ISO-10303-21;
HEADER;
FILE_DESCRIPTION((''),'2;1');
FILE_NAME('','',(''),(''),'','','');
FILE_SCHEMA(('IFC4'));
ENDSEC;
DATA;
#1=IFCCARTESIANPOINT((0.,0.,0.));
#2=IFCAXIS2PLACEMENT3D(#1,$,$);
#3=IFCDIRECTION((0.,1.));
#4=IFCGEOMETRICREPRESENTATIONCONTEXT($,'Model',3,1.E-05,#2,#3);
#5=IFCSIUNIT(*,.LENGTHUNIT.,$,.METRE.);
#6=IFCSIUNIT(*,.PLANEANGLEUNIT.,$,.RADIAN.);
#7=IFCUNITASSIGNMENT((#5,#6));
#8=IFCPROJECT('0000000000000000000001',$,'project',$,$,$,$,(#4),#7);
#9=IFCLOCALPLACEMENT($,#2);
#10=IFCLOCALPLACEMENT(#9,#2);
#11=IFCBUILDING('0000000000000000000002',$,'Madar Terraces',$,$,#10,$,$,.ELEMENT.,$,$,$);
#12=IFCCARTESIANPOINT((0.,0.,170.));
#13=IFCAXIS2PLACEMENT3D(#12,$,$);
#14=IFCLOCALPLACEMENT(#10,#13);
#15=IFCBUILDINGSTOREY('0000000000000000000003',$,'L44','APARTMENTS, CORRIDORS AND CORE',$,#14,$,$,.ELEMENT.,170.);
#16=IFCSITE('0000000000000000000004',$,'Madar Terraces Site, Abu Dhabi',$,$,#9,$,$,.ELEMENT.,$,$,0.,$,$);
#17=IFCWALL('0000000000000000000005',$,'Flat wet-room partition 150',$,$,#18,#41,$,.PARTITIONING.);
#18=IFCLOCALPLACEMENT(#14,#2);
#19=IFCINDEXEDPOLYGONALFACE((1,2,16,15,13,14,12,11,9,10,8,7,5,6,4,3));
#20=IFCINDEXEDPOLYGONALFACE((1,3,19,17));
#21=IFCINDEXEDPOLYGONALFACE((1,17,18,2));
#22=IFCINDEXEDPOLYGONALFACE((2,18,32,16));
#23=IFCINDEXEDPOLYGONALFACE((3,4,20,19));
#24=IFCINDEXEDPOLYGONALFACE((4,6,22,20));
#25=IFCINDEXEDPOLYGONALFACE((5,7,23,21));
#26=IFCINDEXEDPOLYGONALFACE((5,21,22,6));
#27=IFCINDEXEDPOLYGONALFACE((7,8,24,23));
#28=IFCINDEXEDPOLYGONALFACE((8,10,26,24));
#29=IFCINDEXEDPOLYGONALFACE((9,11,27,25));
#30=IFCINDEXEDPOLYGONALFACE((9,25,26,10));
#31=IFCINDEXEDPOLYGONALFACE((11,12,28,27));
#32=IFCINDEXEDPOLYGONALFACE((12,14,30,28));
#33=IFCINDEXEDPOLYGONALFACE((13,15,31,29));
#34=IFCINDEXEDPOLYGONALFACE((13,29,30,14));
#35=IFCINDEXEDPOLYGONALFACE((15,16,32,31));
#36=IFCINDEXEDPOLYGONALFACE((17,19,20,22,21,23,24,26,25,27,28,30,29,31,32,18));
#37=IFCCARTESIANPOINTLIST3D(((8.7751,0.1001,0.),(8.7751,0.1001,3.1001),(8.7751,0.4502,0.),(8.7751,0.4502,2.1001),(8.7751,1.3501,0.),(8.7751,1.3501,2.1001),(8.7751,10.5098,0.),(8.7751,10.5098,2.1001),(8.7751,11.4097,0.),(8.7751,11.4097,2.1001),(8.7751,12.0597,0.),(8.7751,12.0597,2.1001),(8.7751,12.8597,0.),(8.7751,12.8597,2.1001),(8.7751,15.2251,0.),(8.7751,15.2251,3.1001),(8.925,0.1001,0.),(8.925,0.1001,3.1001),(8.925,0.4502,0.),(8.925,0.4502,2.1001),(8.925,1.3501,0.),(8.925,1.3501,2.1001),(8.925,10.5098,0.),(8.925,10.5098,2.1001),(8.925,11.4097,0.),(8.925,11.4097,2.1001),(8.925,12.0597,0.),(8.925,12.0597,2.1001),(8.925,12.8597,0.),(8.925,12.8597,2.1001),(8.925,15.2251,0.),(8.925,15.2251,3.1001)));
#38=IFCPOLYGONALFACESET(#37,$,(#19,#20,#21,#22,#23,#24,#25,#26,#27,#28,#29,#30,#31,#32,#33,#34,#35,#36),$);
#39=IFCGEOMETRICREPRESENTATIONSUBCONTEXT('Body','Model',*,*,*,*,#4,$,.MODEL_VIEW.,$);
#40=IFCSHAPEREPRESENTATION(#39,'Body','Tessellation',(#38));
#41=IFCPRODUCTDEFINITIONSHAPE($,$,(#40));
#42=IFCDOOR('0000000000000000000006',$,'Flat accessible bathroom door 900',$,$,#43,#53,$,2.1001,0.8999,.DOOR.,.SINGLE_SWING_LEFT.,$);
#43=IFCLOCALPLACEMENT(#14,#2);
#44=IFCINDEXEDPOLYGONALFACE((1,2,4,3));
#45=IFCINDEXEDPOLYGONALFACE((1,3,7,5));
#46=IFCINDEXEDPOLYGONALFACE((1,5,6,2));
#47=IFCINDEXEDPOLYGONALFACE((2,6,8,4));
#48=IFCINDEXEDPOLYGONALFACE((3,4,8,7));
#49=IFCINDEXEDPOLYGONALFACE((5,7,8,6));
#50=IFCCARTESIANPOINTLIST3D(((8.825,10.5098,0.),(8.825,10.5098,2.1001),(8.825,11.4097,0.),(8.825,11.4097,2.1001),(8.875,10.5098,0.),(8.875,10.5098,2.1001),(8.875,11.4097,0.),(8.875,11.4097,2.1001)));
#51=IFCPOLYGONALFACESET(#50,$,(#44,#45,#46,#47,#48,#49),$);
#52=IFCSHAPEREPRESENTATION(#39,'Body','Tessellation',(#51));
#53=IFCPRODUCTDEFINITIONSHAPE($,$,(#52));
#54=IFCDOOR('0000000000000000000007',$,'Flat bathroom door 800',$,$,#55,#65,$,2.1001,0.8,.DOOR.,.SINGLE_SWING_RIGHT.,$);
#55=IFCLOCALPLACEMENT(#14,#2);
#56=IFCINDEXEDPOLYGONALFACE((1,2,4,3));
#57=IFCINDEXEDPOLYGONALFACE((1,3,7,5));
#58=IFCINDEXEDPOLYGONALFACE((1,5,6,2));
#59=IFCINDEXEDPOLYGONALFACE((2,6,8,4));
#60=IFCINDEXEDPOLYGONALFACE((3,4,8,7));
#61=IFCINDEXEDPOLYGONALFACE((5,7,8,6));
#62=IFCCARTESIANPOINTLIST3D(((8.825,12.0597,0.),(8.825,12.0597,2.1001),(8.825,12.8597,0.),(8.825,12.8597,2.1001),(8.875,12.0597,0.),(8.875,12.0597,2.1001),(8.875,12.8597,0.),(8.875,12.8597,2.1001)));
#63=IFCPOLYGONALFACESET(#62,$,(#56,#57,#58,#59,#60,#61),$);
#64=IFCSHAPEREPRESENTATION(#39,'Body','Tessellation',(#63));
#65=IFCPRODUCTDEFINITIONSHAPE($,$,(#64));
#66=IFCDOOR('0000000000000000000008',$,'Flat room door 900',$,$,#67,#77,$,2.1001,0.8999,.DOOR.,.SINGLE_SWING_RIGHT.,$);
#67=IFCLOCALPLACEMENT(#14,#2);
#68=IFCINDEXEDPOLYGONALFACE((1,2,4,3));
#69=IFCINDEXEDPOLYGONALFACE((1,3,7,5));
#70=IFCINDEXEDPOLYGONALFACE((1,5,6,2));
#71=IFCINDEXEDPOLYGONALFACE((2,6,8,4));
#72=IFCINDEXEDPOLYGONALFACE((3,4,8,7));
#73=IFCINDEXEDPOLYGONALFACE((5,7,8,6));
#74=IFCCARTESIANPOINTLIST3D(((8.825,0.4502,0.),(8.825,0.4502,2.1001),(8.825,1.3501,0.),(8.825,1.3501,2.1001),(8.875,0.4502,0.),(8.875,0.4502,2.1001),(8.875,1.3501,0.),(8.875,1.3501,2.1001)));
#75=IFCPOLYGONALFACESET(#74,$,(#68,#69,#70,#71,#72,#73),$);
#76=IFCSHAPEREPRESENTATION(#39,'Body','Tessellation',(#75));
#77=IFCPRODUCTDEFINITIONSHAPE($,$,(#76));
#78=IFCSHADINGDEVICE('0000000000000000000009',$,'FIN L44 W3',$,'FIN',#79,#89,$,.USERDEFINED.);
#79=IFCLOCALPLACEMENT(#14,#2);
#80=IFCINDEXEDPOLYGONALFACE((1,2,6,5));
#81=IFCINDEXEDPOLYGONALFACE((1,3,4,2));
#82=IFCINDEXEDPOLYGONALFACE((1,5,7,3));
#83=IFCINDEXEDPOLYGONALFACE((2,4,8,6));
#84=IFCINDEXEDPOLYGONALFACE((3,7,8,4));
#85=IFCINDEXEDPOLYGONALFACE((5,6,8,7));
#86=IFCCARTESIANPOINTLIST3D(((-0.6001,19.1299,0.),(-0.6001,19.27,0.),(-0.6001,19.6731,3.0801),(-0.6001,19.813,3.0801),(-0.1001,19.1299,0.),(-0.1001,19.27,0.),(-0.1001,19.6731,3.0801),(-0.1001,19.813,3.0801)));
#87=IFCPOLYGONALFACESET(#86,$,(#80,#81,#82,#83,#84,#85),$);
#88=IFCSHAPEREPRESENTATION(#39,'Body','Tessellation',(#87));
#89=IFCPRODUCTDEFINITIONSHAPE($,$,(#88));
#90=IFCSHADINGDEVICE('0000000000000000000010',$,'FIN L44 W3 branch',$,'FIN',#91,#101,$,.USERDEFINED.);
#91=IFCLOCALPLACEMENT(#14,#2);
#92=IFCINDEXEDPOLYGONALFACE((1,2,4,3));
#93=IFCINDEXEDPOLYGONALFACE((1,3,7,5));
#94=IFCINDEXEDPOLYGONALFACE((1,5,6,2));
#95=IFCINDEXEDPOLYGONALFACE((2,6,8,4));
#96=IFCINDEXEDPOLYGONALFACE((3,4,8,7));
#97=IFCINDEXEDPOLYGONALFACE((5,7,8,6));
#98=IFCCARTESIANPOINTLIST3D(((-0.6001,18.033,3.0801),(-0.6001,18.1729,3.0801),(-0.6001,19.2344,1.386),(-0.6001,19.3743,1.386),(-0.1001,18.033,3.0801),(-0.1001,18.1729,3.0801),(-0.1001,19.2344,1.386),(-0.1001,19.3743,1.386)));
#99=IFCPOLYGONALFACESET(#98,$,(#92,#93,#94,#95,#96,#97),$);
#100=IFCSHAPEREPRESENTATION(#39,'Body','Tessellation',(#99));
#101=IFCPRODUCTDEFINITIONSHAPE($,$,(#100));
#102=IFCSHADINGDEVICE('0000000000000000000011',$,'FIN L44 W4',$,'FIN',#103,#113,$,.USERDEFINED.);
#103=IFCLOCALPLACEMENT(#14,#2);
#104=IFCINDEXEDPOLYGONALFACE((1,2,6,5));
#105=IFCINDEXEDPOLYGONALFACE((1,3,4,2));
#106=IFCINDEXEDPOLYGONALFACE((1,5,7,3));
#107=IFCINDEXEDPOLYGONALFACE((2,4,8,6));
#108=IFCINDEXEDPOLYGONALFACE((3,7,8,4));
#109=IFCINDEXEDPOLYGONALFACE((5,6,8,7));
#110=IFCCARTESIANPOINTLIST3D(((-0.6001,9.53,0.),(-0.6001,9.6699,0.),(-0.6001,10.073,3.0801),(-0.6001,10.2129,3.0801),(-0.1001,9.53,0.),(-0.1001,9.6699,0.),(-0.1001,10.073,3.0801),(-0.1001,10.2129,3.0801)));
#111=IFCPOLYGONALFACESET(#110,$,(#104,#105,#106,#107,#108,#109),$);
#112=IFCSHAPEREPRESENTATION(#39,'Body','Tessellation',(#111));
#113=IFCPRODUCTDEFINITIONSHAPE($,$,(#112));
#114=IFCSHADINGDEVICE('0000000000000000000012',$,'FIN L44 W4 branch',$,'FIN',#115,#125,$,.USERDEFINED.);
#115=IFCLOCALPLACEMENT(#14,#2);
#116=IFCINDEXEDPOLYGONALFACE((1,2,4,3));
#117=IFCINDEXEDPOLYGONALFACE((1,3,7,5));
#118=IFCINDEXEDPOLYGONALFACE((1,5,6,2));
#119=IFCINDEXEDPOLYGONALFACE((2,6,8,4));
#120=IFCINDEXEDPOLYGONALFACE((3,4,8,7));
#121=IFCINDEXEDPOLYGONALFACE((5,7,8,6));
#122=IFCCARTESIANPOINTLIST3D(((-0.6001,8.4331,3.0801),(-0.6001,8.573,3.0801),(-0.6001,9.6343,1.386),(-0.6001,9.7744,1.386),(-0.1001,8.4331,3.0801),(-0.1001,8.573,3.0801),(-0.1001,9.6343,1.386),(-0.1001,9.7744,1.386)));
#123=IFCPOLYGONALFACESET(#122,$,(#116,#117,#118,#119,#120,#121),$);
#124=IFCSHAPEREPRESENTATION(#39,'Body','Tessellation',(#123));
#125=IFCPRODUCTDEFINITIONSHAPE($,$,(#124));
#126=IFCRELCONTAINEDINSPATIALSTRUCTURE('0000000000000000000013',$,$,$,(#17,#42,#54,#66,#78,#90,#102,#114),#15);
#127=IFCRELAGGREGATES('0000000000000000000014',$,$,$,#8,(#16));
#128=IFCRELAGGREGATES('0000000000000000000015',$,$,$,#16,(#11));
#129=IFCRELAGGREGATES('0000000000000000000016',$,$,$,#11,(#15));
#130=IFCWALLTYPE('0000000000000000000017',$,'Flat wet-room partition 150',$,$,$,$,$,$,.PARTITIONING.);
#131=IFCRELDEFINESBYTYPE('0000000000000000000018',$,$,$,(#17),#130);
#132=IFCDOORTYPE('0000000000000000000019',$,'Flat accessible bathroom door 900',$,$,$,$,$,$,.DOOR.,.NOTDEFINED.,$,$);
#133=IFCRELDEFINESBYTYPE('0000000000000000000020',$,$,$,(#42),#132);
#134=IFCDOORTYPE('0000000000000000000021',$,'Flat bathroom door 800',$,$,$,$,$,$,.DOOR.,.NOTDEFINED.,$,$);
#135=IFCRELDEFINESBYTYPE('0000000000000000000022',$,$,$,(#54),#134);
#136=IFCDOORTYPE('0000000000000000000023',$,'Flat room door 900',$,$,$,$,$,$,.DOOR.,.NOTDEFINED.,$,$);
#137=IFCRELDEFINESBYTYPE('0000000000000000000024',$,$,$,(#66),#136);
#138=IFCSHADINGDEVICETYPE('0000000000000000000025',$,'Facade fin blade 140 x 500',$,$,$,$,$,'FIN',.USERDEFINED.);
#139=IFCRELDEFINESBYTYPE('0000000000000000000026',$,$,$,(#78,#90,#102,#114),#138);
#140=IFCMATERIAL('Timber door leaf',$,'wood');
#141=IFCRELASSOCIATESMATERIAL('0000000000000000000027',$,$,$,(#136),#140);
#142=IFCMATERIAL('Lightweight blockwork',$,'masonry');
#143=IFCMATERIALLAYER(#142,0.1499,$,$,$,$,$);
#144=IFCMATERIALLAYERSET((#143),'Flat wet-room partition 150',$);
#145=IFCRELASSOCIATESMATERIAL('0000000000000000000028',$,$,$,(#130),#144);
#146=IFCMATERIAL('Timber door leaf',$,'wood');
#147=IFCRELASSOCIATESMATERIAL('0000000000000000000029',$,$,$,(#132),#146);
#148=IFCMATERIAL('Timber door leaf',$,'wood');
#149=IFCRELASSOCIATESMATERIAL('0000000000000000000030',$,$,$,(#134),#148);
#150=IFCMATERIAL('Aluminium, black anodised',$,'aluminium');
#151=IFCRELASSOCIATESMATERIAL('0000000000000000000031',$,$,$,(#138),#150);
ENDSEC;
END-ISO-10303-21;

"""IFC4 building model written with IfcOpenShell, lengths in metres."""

from ifc_helpers import new_model, si_unit, direction, frame, frame_2d, origin, place, context, subcontext, project, spatial, polyline, rectangle, outline, extrude, material, layer, layer_set, type_object, element, fill, save


model = new_model("IFC4")

# Units and contexts
model_context = context("Model", 3, precision=1e-05, world=origin(), true_north=direction((0.0, 1.0)))
body_context = subcontext(model_context, "Body", "Model", "MODEL_VIEW")
ifc_project = project(units=[si_unit("LENGTHUNIT", "METRE"), si_unit("PLANEANGLEUNIT", "RADIAN")], contexts=[model_context])

# Site, building, storey
site_placement = place(None, origin())
site = spatial("IfcSite", under=ifc_project, at=site_placement, Name="Madar Terraces Site, Abu Dhabi", CompositionType="ELEMENT", RefElevation=0.0)
building_placement = place(site_placement, origin())
building = spatial("IfcBuilding", under=site, at=building_placement, Name="Madar Terraces", CompositionType="ELEMENT")
storey_placement = place(building_placement, frame((0.0, 0.0, 170.0)))
storey = spatial("IfcBuildingStorey", under=building, at=storey_placement, Name="L44", Description="APARTMENTS, CORRIDORS AND CORE", CompositionType="ELEMENT", Elevation=170.0)

# Shared definitions
ifc_material_1 = material(Name="Timber door leaf", Category="wood")
door_type_1 = type_object("IfcDoorType", Name="Flat room door 900", OperationType="NOTDEFINED", PredefinedType="DOOR", material=ifc_material_1)

# Shared definitions
ifc_material_2 = material(Name="Lightweight blockwork", Category="masonry")
ifc_layer_1 = layer(ifc_material_2, 0.1499)
ifc_layer_set_1 = layer_set([ifc_layer_1], Name="Flat wet-room partition 150")
wall_type_1 = type_object("IfcWallType", Name="Flat wet-room partition 150", PredefinedType="PARTITIONING", material=ifc_layer_set_1)

# Wall, openings, doors
wall_1_placement = place(storey_placement, frame((8.8501, 15.2251, 0.0), z_axis=(0.0, 0.0, 1.0), x_axis=(0.0, -1.0, 0.0)))
wall_1 = element("IfcWall", 1, at=wall_1_placement, inside=storey, type_object=wall_type_1, Name="Flat wet-room partition 150", PredefinedType="PARTITIONING", context=body_context, shape_type="SweptSolid", body=[
    extrude(rectangle(XDim=15.125, YDim=0.1499, at=frame_2d((7.5625, 0.0))), origin(), (0.0, 0.0, 1.0), 3.1001),
])
opening_1_placement = place(wall_1_placement, frame((2.3655, 0.0, 0.0)))
opening_1 = element("IfcOpeningElement", 2, at=opening_1_placement, cuts=wall_1, PredefinedType="OPENING", context=body_context, shape_type="SweptSolid", body=[
    extrude(rectangle(XDim=0.8, YDim=2.1001, at=frame_2d((0.3999, 1.05))), frame((0.0, 0.085, 0.0), z_axis=(0.0, -1.0, 0.0), x_axis=(1.0, 0.0, 0.0)), (0.0, 0.0, 1.0), 0.1699),
])
opening_2_placement = place(wall_1_placement, frame((3.8154, 0.0, 0.0)))
opening_2 = element("IfcOpeningElement", 3, at=opening_2_placement, cuts=wall_1, PredefinedType="OPENING", context=body_context, shape_type="SweptSolid", body=[
    extrude(rectangle(XDim=0.8999, YDim=2.1001, at=frame_2d((0.45, 1.05))), frame((0.0, 0.085, 0.0), z_axis=(0.0, -1.0, 0.0), x_axis=(1.0, 0.0, 0.0)), (0.0, 0.0, 1.0), 0.1699),
])
opening_3_placement = place(wall_1_placement, frame((13.875, 0.0, 0.0)))
opening_3 = element("IfcOpeningElement", 4, at=opening_3_placement, cuts=wall_1, PredefinedType="OPENING", context=body_context, shape_type="SweptSolid", body=[
    extrude(rectangle(XDim=0.8999, YDim=2.1001, at=frame_2d((0.45, 1.05))), frame((0.0, 0.085, 0.0), z_axis=(0.0, -1.0, 0.0), x_axis=(1.0, 0.0, 0.0)), (0.0, 0.0, 1.0), 0.1699),
])
ifc_material_3 = material(Name="Timber door leaf", Category="wood")
door_type_2 = type_object("IfcDoorType", Name="Flat accessible bathroom door 900", OperationType="NOTDEFINED", PredefinedType="DOOR", material=ifc_material_3)
door_1_placement = place(opening_2_placement, origin())
door_1 = element("IfcDoor", 5, at=door_1_placement, inside=storey, type_object=door_type_2, Name="Flat accessible bathroom door 900", OperationType="SINGLE_SWING_LEFT", OverallHeight=2.1001, OverallWidth=0.8999, PredefinedType="DOOR", context=body_context, shape_type="SweptSolid", body=[
    extrude(rectangle(XDim=0.8999, YDim=2.1001, at=frame_2d((0.45, 1.05))), frame((0.0, 0.0249, 0.0), z_axis=(0.0, -1.0, 0.0), x_axis=(1.0, 0.0, 0.0)), (0.0, 0.0, 1.0), 0.05),
])
fill(opening_2, door_1)
ifc_material_4 = material(Name="Timber door leaf", Category="wood")
door_type_3 = type_object("IfcDoorType", Name="Flat bathroom door 800", OperationType="NOTDEFINED", PredefinedType="DOOR", material=ifc_material_4)
door_2_placement = place(opening_1_placement, origin())
door_2 = element("IfcDoor", 6, at=door_2_placement, inside=storey, type_object=door_type_3, Name="Flat bathroom door 800", OperationType="SINGLE_SWING_RIGHT", OverallHeight=2.1001, OverallWidth=0.8, PredefinedType="DOOR", context=body_context, shape_type="SweptSolid", body=[
    extrude(rectangle(XDim=0.8, YDim=2.1001, at=frame_2d((0.3999, 1.05))), frame((0.0, 0.0249, 0.0), z_axis=(0.0, -1.0, 0.0), x_axis=(1.0, 0.0, 0.0)), (0.0, 0.0, 1.0), 0.05),
])
fill(opening_1, door_2)
door_3_placement = place(opening_3_placement, origin())
door_3 = element("IfcDoor", 7, at=door_3_placement, inside=storey, type_object=door_type_1, Name="Flat room door 900", OperationType="SINGLE_SWING_RIGHT", OverallHeight=2.1001, OverallWidth=0.8999, PredefinedType="DOOR", context=body_context, shape_type="SweptSolid", body=[
    extrude(rectangle(XDim=0.8999, YDim=2.1001, at=frame_2d((0.45, 1.05))), frame((0.0, 0.0249, 0.0), z_axis=(0.0, -1.0, 0.0), x_axis=(1.0, 0.0, 0.0)), (0.0, 0.0, 1.0), 0.05),
])
fill(opening_3, door_3)

# Shading devices
ifc_material_5 = material(Name="Aluminium, black anodised", Category="aluminium")
shading_device_type = type_object("IfcShadingDeviceType", Name="Facade fin blade 140 x 500", ElementType="FIN", PredefinedType="USERDEFINED", material=ifc_material_5)
shading_device_1_placement = place(storey_placement, frame((-0.3501, 19.27, 0.0), z_axis=(0.0, 0.0, 1.0), x_axis=(0.0, -1.0, 0.0)))
element("IfcShadingDevice", 8, at=shading_device_1_placement, inside=storey, type_object=shading_device_type, Name="FIN L44 W3", ObjectType="FIN", PredefinedType="USERDEFINED", context=body_context, shape_type="SweptSolid", body=[
    extrude(outline(polyline([(0.0, 0.0), (0.1401, 0.0), (-0.4031, 3.0801), (-0.543, 3.0801), (0.0, 0.0)])), frame((0.0, 0.25, 0.0), z_axis=(0.0, -1.0, 0.0), x_axis=(1.0, 0.0, 0.0)), (0.0, 0.0, 1.0), 0.5),
])
shading_device_2_placement = place(storey_placement, frame((-0.3501, 19.3743, 1.386), z_axis=(0.0, 0.0, 1.0), x_axis=(0.0, -1.0, 0.0)))
element("IfcShadingDevice", 9, at=shading_device_2_placement, inside=storey, type_object=shading_device_type, Name="FIN L44 W3 branch", ObjectType="FIN", PredefinedType="USERDEFINED", context=body_context, shape_type="SweptSolid", body=[
    extrude(outline(polyline([(0.0, 0.0), (0.1399, 0.0), (1.3413, 1.6941), (1.2014, 1.6941), (0.0, 0.0)])), frame((0.0, 0.25, 0.0), z_axis=(0.0, -1.0, 0.0), x_axis=(1.0, 0.0, 0.0)), (0.0, 0.0, 1.0), 0.5),
])
shading_device_3_placement = place(storey_placement, frame((-0.3501, 9.6699, 0.0), z_axis=(0.0, 0.0, 1.0), x_axis=(0.0, -1.0, 0.0)))
element("IfcShadingDevice", 10, at=shading_device_3_placement, inside=storey, type_object=shading_device_type, Name="FIN L44 W4", ObjectType="FIN", PredefinedType="USERDEFINED", context=body_context, shape_type="SweptSolid", body=[
    extrude(outline(polyline([(0.0, 0.0), (0.1399, 0.0), (-0.4031, 3.0801), (-0.543, 3.0801), (0.0, 0.0)])), frame((0.0, 0.25, 0.0), z_axis=(0.0, -1.0, 0.0), x_axis=(1.0, 0.0, 0.0)), (0.0, 0.0, 1.0), 0.5),
])
shading_device_4_placement = place(storey_placement, frame((-0.3501, 9.7744, 1.386), z_axis=(0.0, 0.0, 1.0), x_axis=(0.0, -1.0, 0.0)))
element("IfcShadingDevice", 11, at=shading_device_4_placement, inside=storey, type_object=shading_device_type, Name="FIN L44 W4 branch", ObjectType="FIN", PredefinedType="USERDEFINED", context=body_context, shape_type="SweptSolid", body=[
    extrude(outline(polyline([(0.0, 0.0), (0.1401, 0.0), (1.3413, 1.6941), (1.2014, 1.6941), (0.0, 0.0)])), frame((0.0, 0.25, 0.0), z_axis=(0.0, -1.0, 0.0), x_axis=(1.0, 0.0, 0.0)), (0.0, 0.0, 1.0), 0.5),
])

save(model, "model.ifc")
